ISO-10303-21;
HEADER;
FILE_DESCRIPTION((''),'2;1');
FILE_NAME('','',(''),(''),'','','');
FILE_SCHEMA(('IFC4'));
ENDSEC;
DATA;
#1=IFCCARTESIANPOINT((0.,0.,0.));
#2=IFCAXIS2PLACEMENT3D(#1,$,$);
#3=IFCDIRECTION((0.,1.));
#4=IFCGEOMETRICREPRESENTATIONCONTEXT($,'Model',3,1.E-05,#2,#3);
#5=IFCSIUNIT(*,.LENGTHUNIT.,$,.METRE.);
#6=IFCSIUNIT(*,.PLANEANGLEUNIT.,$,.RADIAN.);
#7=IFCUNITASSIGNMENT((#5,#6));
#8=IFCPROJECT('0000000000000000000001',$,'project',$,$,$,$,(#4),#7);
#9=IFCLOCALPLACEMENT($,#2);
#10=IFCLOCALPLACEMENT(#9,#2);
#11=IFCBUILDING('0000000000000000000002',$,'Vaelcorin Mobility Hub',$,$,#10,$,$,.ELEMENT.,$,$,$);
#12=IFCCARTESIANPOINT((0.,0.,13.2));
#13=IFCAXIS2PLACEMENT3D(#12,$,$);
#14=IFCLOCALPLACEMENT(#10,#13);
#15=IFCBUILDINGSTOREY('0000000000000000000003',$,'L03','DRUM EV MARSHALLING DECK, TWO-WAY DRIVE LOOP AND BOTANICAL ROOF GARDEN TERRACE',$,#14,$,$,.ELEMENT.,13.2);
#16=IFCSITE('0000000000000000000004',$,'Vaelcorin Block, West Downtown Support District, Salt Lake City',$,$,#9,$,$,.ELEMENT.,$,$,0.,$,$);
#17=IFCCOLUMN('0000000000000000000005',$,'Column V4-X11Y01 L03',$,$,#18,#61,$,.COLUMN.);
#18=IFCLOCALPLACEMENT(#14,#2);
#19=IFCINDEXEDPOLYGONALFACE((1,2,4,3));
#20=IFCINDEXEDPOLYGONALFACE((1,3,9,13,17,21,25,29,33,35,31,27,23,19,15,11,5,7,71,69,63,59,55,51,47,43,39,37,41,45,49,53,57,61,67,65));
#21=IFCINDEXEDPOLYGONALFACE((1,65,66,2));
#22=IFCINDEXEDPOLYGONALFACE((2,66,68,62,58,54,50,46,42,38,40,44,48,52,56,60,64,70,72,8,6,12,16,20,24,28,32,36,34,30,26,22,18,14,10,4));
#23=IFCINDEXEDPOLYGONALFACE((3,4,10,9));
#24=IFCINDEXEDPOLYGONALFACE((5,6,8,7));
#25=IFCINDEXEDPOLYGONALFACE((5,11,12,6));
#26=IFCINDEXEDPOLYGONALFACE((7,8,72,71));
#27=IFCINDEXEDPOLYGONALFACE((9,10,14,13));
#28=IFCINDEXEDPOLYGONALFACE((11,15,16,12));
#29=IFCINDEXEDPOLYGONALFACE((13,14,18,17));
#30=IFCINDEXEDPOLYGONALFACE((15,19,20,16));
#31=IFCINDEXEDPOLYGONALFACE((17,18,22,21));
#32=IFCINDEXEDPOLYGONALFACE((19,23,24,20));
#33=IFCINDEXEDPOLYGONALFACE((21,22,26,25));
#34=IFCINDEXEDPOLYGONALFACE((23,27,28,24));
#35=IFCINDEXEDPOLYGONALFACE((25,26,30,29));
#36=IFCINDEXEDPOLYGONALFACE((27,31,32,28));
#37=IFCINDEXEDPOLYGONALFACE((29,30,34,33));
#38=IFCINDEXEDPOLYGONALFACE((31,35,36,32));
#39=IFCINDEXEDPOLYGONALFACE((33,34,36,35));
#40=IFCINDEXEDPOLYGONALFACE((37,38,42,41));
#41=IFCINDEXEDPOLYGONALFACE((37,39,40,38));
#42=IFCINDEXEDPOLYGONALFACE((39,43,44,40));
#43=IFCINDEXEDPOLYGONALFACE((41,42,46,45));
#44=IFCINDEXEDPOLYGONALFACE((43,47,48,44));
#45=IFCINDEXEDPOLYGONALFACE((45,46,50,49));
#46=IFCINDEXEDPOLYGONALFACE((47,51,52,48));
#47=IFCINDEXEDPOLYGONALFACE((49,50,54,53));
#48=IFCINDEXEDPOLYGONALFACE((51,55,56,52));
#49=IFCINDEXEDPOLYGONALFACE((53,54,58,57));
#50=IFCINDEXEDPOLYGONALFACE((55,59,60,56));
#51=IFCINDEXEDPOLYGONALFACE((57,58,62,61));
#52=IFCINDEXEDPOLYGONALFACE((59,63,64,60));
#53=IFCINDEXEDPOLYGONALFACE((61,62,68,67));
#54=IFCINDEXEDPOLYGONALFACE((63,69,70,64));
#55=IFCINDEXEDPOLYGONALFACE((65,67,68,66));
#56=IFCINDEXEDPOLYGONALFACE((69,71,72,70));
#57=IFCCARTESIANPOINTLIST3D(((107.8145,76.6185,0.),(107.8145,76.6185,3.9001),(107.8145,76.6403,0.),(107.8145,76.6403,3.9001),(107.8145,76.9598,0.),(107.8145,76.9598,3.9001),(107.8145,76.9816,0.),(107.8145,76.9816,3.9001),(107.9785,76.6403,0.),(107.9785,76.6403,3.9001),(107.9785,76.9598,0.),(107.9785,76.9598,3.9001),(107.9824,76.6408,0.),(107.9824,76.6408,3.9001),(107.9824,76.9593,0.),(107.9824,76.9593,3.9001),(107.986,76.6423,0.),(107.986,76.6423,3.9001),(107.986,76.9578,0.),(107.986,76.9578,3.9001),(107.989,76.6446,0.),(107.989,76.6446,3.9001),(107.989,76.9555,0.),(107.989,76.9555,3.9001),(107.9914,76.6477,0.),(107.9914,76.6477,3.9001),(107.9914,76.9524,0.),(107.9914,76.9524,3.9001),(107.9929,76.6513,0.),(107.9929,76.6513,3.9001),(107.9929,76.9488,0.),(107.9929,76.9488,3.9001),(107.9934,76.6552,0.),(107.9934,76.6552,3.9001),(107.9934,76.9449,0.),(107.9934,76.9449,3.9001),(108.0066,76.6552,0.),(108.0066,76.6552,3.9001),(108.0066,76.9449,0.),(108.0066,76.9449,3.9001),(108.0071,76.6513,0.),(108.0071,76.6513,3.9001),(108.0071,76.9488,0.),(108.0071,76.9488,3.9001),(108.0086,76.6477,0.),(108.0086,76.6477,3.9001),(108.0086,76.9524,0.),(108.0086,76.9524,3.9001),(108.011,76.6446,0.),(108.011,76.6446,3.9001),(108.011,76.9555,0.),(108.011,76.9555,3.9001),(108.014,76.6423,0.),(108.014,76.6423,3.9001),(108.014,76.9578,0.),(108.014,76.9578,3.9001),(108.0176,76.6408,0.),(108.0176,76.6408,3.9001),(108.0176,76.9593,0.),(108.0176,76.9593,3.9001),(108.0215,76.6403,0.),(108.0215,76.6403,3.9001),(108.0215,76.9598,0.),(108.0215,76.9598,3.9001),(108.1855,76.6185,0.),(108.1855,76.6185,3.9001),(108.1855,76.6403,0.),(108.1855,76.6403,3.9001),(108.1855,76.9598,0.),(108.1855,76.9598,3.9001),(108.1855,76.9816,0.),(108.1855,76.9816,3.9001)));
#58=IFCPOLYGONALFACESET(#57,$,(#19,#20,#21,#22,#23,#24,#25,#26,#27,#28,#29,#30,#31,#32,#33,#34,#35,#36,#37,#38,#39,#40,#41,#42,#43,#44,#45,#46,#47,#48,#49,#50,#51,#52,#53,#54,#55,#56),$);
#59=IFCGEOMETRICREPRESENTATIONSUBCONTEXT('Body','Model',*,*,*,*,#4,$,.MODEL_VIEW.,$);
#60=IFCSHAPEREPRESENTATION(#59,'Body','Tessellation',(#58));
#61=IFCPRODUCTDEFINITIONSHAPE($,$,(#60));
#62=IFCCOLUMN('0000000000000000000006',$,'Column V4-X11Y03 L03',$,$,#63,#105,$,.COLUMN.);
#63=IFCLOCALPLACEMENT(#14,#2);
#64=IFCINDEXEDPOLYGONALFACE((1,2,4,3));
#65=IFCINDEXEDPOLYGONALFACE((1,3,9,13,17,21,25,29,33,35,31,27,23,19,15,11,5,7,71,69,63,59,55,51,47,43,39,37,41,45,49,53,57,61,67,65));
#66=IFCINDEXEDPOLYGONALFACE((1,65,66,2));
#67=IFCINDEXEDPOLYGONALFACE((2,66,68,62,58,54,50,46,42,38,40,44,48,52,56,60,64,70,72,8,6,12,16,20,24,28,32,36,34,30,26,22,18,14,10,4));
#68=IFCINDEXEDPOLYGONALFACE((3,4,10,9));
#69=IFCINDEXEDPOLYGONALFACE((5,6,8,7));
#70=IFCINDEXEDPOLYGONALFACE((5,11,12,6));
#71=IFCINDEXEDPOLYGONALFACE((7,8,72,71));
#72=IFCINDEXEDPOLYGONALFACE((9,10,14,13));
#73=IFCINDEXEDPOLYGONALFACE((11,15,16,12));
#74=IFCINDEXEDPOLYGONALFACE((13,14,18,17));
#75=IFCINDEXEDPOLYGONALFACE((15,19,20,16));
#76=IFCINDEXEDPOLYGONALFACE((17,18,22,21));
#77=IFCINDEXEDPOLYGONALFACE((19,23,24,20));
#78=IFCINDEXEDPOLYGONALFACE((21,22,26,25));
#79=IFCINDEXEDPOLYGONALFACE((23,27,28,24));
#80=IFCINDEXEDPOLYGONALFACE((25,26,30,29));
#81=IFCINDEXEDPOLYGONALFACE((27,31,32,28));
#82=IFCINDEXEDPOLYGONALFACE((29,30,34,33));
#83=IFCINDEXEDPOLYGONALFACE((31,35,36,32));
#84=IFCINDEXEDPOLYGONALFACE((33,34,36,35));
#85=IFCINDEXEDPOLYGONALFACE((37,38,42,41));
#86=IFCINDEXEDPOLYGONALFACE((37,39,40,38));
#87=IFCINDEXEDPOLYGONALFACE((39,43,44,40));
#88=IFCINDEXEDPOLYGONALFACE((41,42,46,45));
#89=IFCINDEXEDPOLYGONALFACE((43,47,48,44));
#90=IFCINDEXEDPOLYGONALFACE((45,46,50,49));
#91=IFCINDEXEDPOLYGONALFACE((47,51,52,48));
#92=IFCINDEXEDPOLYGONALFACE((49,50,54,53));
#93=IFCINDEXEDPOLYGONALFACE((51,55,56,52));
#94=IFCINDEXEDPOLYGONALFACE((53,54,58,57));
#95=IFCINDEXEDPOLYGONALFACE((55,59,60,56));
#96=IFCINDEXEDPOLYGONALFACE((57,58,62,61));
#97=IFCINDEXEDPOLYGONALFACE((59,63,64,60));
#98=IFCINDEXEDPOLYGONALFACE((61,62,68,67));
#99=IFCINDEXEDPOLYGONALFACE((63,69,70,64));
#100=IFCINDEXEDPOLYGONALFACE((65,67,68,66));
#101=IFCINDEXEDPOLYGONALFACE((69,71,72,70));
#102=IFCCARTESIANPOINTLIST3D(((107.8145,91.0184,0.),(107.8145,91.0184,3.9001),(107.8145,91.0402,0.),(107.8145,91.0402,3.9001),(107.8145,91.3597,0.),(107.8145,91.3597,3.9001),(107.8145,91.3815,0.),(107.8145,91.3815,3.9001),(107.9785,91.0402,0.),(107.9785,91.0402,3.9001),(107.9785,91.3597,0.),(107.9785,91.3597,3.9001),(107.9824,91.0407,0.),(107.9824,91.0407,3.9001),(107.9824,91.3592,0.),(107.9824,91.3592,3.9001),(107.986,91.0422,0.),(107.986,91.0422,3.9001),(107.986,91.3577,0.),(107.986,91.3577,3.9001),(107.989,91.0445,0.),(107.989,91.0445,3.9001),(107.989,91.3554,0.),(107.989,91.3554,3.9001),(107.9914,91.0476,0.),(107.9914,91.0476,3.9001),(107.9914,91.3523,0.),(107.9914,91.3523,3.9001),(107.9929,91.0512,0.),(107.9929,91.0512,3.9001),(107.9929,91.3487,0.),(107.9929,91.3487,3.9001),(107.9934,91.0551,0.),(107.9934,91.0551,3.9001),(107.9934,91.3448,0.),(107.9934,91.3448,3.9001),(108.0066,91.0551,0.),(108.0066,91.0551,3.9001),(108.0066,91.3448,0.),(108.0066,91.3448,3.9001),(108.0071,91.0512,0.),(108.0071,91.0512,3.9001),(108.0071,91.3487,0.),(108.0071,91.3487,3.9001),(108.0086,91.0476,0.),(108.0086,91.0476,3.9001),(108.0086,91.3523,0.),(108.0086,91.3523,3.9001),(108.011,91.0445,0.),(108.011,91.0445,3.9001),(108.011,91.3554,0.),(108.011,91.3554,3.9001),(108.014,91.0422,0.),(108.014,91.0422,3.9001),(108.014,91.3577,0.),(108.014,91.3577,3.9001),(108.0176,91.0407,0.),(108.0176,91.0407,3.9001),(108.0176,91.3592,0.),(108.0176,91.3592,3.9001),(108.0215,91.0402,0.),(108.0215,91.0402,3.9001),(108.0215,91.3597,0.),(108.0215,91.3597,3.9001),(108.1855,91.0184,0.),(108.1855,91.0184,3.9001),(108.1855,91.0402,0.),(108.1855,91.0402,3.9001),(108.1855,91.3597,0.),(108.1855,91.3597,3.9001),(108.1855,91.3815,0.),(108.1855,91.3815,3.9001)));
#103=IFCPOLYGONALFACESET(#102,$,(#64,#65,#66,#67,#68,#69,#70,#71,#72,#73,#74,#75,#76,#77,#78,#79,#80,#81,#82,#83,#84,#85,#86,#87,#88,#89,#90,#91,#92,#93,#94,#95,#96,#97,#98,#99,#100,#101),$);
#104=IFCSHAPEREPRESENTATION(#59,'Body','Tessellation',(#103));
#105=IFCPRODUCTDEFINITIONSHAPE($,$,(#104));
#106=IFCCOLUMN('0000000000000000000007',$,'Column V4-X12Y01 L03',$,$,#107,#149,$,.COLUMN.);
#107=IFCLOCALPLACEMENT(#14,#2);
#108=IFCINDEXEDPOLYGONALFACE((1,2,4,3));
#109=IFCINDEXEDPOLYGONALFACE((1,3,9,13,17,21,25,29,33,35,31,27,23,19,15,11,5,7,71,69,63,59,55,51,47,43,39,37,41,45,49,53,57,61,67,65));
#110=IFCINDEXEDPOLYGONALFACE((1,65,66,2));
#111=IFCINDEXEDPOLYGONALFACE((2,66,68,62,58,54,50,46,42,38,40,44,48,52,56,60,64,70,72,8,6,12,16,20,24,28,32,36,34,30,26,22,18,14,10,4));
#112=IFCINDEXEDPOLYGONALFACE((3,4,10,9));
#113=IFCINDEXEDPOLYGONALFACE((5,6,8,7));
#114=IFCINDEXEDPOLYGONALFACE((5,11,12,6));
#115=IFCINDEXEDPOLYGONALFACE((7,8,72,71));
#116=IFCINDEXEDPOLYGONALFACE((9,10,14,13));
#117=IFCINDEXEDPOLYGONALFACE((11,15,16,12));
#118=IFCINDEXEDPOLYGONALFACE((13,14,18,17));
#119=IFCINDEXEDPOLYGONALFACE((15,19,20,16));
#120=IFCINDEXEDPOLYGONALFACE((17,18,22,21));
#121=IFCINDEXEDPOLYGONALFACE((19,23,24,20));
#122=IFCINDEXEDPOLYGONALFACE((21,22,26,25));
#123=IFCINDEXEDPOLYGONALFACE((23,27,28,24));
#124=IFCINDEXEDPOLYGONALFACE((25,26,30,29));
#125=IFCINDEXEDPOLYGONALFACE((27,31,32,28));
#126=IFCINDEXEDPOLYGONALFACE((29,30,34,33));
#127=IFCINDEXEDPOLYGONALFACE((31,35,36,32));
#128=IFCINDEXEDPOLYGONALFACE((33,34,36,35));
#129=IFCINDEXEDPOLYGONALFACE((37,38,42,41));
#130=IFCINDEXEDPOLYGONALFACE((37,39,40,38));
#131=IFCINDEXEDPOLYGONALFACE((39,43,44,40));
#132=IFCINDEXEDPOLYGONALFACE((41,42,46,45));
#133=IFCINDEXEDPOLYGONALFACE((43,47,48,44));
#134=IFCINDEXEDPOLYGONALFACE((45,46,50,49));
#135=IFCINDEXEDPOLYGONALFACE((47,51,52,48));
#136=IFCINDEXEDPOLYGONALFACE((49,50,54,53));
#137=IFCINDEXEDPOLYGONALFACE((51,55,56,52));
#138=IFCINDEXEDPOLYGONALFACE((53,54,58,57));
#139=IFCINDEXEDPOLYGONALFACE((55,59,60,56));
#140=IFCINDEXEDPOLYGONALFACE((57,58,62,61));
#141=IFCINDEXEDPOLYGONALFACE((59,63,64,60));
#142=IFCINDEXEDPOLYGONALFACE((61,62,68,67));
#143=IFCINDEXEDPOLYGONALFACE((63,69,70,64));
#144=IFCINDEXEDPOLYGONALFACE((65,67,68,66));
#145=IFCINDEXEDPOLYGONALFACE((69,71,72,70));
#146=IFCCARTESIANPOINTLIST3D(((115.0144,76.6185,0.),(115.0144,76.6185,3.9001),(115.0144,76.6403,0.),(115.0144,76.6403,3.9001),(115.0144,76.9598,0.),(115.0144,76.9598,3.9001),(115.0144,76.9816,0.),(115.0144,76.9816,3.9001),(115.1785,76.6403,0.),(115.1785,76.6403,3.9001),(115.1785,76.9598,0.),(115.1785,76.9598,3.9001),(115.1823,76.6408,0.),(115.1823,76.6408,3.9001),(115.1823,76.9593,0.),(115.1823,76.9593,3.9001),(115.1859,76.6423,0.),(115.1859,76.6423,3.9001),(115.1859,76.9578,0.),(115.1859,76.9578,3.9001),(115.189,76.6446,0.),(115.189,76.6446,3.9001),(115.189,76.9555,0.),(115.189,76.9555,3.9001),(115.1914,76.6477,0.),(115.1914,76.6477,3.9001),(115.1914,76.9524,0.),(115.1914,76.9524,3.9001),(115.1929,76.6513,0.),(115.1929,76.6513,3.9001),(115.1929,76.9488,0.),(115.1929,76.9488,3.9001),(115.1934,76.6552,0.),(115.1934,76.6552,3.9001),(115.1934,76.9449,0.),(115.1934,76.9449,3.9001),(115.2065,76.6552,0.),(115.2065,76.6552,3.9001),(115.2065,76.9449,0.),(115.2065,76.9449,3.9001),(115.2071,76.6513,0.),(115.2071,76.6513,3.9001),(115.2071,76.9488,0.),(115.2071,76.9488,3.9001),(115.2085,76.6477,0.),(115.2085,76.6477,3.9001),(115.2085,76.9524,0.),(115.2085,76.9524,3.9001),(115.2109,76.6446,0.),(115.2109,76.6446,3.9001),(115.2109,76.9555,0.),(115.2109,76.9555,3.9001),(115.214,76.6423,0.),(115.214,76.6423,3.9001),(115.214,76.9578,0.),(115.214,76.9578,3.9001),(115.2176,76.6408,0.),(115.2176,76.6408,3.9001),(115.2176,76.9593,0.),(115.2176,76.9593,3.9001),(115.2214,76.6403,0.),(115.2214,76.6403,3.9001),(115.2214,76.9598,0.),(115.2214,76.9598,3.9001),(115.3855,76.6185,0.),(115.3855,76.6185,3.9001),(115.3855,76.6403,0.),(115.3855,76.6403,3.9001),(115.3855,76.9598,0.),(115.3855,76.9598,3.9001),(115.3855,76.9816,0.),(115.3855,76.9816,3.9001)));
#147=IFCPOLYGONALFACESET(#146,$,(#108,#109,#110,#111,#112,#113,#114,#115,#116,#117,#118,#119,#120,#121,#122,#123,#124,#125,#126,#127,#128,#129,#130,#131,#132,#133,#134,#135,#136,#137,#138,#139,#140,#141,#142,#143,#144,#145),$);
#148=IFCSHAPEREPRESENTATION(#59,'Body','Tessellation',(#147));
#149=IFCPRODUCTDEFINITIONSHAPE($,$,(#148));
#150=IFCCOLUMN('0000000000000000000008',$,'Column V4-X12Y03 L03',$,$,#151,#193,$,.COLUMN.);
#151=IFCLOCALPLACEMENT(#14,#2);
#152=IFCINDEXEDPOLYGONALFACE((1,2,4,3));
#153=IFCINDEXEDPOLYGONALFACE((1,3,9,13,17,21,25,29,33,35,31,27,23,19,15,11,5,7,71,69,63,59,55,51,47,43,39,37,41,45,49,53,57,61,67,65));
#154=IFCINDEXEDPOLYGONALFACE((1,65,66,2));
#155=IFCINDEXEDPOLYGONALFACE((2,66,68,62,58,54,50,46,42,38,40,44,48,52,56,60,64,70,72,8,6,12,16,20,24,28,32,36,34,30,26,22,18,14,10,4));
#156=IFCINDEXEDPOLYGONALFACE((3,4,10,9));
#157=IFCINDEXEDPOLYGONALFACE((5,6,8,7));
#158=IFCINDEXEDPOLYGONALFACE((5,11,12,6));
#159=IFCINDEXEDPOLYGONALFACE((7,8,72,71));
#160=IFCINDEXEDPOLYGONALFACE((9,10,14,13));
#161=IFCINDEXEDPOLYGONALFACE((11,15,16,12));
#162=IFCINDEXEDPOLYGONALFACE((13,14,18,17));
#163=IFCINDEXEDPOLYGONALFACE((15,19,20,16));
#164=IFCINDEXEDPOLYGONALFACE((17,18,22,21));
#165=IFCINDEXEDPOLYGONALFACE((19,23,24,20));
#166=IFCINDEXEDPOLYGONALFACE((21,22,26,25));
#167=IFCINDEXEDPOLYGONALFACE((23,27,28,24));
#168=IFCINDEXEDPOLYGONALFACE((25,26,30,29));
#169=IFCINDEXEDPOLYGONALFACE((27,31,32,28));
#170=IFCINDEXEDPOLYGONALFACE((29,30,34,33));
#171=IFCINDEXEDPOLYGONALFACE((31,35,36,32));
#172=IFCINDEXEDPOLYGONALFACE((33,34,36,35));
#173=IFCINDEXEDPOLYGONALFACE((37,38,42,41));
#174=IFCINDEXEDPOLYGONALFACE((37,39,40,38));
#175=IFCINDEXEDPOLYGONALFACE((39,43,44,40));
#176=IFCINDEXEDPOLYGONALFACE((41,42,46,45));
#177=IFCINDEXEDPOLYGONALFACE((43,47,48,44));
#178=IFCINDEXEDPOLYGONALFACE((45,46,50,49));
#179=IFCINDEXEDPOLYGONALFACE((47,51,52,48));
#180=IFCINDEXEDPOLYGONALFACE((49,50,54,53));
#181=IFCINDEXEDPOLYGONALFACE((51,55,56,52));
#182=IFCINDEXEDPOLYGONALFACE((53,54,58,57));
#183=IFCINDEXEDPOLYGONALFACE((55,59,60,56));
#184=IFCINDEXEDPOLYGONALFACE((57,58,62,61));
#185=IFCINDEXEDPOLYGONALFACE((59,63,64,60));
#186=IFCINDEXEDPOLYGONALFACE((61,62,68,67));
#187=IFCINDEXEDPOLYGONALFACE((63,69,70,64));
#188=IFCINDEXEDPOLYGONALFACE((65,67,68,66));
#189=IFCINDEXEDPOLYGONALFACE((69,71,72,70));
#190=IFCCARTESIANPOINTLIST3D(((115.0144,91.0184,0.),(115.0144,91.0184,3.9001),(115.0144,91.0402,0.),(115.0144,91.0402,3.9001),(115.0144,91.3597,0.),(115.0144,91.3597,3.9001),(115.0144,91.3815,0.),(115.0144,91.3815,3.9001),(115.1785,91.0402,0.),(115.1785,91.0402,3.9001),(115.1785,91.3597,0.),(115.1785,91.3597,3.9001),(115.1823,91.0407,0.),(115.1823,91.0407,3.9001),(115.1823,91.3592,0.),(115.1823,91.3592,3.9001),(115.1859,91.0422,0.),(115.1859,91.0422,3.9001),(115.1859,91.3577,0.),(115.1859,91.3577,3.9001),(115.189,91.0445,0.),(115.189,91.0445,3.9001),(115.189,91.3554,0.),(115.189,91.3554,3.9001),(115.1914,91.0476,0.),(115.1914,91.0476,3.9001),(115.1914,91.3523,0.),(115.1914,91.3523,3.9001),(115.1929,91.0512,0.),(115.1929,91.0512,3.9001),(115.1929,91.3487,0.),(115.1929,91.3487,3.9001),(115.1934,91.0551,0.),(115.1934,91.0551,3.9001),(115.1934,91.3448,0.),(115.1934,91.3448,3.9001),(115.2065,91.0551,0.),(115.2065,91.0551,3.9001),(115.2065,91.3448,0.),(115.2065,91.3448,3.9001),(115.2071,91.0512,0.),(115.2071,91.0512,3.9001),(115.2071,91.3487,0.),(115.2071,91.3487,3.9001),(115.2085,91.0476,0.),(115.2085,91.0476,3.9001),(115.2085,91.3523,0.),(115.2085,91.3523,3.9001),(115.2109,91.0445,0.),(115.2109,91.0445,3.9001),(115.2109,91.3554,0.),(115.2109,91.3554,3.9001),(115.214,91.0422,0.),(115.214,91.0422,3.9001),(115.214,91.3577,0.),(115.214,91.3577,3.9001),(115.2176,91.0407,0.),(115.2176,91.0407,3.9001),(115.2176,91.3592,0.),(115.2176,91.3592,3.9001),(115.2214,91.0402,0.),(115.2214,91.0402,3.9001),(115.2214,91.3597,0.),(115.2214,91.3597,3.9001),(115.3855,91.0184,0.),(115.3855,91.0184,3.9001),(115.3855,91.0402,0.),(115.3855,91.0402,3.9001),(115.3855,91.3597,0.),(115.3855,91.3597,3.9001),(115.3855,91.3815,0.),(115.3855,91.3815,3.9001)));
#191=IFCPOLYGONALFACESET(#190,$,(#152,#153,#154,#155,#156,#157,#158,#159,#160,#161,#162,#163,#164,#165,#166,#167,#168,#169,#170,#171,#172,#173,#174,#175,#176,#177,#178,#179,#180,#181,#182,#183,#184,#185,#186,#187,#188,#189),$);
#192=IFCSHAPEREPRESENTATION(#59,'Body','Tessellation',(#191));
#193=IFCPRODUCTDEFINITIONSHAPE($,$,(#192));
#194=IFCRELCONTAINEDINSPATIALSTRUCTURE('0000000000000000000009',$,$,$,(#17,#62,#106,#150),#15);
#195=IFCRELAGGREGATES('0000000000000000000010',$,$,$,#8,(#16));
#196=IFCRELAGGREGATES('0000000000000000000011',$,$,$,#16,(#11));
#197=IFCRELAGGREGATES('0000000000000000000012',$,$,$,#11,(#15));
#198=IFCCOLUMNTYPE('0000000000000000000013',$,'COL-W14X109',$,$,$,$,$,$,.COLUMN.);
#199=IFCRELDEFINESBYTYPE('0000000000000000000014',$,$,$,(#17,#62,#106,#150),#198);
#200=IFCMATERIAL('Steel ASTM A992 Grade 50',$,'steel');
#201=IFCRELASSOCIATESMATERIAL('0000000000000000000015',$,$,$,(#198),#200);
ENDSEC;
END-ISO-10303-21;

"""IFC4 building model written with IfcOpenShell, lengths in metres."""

from ifc_helpers import new_model, si_unit, direction, frame, origin, origin_2d, place, context, subcontext, project, spatial, i_section, extrude, material, material_profile, profile_set, type_object, element, save


model = new_model("IFC4")

# Units and contexts
model_context = context("Model", 3, precision=1e-05, world=origin(), true_north=direction((0.0, 1.0)))
body_context = subcontext(model_context, "Body", "Model", "MODEL_VIEW")
ifc_project = project(units=[si_unit("LENGTHUNIT", "METRE"), si_unit("PLANEANGLEUNIT", "RADIAN")], contexts=[model_context])

# Site, building, storey
site_placement = place(None, origin())
site = spatial("IfcSite", under=ifc_project, at=site_placement, Name="Vaelcorin Block, West Downtown Support District, Salt Lake City", CompositionType="ELEMENT", RefElevation=0.0)
building_placement = place(site_placement, origin())
building = spatial("IfcBuilding", under=site, at=building_placement, Name="Vaelcorin Mobility Hub", CompositionType="ELEMENT")
storey_placement = place(building_placement, frame((0.0, 0.0, 13.2)))
storey = spatial("IfcBuildingStorey", under=building, at=storey_placement, Name="L03", Description="DRUM EV MARSHALLING DECK, TWO-WAY DRIVE LOOP AND BOTANICAL ROOF GARDEN TERRACE", CompositionType="ELEMENT", Elevation=13.2)

# Columns
ifc_material_1 = material(Name="Steel ASTM A992 Grade 50", Category="steel")
ifc_material_profile_1 = material_profile(ifc_material_1, i_section(OverallWidth=0.3711, OverallDepth=0.363, WebThickness=0.0132, FlangeThickness=0.0217, FilletRadius=0.0149, at=origin_2d()), Name="W14X109")
ifc_profile_set_1 = profile_set([ifc_material_profile_1], Name="Steel ASTM A992 Grade 50")
column_type_1 = type_object("IfcColumnType", Name="COL-W14X109", PredefinedType="COLUMN", material=ifc_profile_set_1)
for number, where, z_axis, x_axis, name in (
    (1, (108.0, 76.8, 0.0), (0.0, 0.0, 1.0), (1.0, 0.0, 0.0), "Column V4-X11Y01 L03"),
    (2, (108.0, 91.2, 0.0), (0.0, 0.0, 1.0), (1.0, 0.0, 0.0), "Column V4-X11Y03 L03"),
    (3, (115.2, 76.8, 0.0), (0.0, 0.0, 1.0), (1.0, 0.0, 0.0), "Column V4-X12Y01 L03"),
    (4, (115.2, 91.2, 0.0), (0.0, 0.0, 1.0), (1.0, 0.0, 0.0), "Column V4-X12Y03 L03"),
):
    element("IfcColumn", number, at=place(storey_placement, frame(where, z_axis=z_axis, x_axis=x_axis)), inside=storey, type_object=column_type_1, Name=name, PredefinedType="COLUMN", context=body_context, shape_type="SweptSolid", body=[
        extrude(i_section(OverallWidth=0.3711, OverallDepth=0.363, WebThickness=0.0132, FlangeThickness=0.0217, FilletRadius=0.0149, at=origin_2d()), origin(), (0.0, 0.0, 1.0), 3.9001),
    ])

save(model, "model.ifc")
